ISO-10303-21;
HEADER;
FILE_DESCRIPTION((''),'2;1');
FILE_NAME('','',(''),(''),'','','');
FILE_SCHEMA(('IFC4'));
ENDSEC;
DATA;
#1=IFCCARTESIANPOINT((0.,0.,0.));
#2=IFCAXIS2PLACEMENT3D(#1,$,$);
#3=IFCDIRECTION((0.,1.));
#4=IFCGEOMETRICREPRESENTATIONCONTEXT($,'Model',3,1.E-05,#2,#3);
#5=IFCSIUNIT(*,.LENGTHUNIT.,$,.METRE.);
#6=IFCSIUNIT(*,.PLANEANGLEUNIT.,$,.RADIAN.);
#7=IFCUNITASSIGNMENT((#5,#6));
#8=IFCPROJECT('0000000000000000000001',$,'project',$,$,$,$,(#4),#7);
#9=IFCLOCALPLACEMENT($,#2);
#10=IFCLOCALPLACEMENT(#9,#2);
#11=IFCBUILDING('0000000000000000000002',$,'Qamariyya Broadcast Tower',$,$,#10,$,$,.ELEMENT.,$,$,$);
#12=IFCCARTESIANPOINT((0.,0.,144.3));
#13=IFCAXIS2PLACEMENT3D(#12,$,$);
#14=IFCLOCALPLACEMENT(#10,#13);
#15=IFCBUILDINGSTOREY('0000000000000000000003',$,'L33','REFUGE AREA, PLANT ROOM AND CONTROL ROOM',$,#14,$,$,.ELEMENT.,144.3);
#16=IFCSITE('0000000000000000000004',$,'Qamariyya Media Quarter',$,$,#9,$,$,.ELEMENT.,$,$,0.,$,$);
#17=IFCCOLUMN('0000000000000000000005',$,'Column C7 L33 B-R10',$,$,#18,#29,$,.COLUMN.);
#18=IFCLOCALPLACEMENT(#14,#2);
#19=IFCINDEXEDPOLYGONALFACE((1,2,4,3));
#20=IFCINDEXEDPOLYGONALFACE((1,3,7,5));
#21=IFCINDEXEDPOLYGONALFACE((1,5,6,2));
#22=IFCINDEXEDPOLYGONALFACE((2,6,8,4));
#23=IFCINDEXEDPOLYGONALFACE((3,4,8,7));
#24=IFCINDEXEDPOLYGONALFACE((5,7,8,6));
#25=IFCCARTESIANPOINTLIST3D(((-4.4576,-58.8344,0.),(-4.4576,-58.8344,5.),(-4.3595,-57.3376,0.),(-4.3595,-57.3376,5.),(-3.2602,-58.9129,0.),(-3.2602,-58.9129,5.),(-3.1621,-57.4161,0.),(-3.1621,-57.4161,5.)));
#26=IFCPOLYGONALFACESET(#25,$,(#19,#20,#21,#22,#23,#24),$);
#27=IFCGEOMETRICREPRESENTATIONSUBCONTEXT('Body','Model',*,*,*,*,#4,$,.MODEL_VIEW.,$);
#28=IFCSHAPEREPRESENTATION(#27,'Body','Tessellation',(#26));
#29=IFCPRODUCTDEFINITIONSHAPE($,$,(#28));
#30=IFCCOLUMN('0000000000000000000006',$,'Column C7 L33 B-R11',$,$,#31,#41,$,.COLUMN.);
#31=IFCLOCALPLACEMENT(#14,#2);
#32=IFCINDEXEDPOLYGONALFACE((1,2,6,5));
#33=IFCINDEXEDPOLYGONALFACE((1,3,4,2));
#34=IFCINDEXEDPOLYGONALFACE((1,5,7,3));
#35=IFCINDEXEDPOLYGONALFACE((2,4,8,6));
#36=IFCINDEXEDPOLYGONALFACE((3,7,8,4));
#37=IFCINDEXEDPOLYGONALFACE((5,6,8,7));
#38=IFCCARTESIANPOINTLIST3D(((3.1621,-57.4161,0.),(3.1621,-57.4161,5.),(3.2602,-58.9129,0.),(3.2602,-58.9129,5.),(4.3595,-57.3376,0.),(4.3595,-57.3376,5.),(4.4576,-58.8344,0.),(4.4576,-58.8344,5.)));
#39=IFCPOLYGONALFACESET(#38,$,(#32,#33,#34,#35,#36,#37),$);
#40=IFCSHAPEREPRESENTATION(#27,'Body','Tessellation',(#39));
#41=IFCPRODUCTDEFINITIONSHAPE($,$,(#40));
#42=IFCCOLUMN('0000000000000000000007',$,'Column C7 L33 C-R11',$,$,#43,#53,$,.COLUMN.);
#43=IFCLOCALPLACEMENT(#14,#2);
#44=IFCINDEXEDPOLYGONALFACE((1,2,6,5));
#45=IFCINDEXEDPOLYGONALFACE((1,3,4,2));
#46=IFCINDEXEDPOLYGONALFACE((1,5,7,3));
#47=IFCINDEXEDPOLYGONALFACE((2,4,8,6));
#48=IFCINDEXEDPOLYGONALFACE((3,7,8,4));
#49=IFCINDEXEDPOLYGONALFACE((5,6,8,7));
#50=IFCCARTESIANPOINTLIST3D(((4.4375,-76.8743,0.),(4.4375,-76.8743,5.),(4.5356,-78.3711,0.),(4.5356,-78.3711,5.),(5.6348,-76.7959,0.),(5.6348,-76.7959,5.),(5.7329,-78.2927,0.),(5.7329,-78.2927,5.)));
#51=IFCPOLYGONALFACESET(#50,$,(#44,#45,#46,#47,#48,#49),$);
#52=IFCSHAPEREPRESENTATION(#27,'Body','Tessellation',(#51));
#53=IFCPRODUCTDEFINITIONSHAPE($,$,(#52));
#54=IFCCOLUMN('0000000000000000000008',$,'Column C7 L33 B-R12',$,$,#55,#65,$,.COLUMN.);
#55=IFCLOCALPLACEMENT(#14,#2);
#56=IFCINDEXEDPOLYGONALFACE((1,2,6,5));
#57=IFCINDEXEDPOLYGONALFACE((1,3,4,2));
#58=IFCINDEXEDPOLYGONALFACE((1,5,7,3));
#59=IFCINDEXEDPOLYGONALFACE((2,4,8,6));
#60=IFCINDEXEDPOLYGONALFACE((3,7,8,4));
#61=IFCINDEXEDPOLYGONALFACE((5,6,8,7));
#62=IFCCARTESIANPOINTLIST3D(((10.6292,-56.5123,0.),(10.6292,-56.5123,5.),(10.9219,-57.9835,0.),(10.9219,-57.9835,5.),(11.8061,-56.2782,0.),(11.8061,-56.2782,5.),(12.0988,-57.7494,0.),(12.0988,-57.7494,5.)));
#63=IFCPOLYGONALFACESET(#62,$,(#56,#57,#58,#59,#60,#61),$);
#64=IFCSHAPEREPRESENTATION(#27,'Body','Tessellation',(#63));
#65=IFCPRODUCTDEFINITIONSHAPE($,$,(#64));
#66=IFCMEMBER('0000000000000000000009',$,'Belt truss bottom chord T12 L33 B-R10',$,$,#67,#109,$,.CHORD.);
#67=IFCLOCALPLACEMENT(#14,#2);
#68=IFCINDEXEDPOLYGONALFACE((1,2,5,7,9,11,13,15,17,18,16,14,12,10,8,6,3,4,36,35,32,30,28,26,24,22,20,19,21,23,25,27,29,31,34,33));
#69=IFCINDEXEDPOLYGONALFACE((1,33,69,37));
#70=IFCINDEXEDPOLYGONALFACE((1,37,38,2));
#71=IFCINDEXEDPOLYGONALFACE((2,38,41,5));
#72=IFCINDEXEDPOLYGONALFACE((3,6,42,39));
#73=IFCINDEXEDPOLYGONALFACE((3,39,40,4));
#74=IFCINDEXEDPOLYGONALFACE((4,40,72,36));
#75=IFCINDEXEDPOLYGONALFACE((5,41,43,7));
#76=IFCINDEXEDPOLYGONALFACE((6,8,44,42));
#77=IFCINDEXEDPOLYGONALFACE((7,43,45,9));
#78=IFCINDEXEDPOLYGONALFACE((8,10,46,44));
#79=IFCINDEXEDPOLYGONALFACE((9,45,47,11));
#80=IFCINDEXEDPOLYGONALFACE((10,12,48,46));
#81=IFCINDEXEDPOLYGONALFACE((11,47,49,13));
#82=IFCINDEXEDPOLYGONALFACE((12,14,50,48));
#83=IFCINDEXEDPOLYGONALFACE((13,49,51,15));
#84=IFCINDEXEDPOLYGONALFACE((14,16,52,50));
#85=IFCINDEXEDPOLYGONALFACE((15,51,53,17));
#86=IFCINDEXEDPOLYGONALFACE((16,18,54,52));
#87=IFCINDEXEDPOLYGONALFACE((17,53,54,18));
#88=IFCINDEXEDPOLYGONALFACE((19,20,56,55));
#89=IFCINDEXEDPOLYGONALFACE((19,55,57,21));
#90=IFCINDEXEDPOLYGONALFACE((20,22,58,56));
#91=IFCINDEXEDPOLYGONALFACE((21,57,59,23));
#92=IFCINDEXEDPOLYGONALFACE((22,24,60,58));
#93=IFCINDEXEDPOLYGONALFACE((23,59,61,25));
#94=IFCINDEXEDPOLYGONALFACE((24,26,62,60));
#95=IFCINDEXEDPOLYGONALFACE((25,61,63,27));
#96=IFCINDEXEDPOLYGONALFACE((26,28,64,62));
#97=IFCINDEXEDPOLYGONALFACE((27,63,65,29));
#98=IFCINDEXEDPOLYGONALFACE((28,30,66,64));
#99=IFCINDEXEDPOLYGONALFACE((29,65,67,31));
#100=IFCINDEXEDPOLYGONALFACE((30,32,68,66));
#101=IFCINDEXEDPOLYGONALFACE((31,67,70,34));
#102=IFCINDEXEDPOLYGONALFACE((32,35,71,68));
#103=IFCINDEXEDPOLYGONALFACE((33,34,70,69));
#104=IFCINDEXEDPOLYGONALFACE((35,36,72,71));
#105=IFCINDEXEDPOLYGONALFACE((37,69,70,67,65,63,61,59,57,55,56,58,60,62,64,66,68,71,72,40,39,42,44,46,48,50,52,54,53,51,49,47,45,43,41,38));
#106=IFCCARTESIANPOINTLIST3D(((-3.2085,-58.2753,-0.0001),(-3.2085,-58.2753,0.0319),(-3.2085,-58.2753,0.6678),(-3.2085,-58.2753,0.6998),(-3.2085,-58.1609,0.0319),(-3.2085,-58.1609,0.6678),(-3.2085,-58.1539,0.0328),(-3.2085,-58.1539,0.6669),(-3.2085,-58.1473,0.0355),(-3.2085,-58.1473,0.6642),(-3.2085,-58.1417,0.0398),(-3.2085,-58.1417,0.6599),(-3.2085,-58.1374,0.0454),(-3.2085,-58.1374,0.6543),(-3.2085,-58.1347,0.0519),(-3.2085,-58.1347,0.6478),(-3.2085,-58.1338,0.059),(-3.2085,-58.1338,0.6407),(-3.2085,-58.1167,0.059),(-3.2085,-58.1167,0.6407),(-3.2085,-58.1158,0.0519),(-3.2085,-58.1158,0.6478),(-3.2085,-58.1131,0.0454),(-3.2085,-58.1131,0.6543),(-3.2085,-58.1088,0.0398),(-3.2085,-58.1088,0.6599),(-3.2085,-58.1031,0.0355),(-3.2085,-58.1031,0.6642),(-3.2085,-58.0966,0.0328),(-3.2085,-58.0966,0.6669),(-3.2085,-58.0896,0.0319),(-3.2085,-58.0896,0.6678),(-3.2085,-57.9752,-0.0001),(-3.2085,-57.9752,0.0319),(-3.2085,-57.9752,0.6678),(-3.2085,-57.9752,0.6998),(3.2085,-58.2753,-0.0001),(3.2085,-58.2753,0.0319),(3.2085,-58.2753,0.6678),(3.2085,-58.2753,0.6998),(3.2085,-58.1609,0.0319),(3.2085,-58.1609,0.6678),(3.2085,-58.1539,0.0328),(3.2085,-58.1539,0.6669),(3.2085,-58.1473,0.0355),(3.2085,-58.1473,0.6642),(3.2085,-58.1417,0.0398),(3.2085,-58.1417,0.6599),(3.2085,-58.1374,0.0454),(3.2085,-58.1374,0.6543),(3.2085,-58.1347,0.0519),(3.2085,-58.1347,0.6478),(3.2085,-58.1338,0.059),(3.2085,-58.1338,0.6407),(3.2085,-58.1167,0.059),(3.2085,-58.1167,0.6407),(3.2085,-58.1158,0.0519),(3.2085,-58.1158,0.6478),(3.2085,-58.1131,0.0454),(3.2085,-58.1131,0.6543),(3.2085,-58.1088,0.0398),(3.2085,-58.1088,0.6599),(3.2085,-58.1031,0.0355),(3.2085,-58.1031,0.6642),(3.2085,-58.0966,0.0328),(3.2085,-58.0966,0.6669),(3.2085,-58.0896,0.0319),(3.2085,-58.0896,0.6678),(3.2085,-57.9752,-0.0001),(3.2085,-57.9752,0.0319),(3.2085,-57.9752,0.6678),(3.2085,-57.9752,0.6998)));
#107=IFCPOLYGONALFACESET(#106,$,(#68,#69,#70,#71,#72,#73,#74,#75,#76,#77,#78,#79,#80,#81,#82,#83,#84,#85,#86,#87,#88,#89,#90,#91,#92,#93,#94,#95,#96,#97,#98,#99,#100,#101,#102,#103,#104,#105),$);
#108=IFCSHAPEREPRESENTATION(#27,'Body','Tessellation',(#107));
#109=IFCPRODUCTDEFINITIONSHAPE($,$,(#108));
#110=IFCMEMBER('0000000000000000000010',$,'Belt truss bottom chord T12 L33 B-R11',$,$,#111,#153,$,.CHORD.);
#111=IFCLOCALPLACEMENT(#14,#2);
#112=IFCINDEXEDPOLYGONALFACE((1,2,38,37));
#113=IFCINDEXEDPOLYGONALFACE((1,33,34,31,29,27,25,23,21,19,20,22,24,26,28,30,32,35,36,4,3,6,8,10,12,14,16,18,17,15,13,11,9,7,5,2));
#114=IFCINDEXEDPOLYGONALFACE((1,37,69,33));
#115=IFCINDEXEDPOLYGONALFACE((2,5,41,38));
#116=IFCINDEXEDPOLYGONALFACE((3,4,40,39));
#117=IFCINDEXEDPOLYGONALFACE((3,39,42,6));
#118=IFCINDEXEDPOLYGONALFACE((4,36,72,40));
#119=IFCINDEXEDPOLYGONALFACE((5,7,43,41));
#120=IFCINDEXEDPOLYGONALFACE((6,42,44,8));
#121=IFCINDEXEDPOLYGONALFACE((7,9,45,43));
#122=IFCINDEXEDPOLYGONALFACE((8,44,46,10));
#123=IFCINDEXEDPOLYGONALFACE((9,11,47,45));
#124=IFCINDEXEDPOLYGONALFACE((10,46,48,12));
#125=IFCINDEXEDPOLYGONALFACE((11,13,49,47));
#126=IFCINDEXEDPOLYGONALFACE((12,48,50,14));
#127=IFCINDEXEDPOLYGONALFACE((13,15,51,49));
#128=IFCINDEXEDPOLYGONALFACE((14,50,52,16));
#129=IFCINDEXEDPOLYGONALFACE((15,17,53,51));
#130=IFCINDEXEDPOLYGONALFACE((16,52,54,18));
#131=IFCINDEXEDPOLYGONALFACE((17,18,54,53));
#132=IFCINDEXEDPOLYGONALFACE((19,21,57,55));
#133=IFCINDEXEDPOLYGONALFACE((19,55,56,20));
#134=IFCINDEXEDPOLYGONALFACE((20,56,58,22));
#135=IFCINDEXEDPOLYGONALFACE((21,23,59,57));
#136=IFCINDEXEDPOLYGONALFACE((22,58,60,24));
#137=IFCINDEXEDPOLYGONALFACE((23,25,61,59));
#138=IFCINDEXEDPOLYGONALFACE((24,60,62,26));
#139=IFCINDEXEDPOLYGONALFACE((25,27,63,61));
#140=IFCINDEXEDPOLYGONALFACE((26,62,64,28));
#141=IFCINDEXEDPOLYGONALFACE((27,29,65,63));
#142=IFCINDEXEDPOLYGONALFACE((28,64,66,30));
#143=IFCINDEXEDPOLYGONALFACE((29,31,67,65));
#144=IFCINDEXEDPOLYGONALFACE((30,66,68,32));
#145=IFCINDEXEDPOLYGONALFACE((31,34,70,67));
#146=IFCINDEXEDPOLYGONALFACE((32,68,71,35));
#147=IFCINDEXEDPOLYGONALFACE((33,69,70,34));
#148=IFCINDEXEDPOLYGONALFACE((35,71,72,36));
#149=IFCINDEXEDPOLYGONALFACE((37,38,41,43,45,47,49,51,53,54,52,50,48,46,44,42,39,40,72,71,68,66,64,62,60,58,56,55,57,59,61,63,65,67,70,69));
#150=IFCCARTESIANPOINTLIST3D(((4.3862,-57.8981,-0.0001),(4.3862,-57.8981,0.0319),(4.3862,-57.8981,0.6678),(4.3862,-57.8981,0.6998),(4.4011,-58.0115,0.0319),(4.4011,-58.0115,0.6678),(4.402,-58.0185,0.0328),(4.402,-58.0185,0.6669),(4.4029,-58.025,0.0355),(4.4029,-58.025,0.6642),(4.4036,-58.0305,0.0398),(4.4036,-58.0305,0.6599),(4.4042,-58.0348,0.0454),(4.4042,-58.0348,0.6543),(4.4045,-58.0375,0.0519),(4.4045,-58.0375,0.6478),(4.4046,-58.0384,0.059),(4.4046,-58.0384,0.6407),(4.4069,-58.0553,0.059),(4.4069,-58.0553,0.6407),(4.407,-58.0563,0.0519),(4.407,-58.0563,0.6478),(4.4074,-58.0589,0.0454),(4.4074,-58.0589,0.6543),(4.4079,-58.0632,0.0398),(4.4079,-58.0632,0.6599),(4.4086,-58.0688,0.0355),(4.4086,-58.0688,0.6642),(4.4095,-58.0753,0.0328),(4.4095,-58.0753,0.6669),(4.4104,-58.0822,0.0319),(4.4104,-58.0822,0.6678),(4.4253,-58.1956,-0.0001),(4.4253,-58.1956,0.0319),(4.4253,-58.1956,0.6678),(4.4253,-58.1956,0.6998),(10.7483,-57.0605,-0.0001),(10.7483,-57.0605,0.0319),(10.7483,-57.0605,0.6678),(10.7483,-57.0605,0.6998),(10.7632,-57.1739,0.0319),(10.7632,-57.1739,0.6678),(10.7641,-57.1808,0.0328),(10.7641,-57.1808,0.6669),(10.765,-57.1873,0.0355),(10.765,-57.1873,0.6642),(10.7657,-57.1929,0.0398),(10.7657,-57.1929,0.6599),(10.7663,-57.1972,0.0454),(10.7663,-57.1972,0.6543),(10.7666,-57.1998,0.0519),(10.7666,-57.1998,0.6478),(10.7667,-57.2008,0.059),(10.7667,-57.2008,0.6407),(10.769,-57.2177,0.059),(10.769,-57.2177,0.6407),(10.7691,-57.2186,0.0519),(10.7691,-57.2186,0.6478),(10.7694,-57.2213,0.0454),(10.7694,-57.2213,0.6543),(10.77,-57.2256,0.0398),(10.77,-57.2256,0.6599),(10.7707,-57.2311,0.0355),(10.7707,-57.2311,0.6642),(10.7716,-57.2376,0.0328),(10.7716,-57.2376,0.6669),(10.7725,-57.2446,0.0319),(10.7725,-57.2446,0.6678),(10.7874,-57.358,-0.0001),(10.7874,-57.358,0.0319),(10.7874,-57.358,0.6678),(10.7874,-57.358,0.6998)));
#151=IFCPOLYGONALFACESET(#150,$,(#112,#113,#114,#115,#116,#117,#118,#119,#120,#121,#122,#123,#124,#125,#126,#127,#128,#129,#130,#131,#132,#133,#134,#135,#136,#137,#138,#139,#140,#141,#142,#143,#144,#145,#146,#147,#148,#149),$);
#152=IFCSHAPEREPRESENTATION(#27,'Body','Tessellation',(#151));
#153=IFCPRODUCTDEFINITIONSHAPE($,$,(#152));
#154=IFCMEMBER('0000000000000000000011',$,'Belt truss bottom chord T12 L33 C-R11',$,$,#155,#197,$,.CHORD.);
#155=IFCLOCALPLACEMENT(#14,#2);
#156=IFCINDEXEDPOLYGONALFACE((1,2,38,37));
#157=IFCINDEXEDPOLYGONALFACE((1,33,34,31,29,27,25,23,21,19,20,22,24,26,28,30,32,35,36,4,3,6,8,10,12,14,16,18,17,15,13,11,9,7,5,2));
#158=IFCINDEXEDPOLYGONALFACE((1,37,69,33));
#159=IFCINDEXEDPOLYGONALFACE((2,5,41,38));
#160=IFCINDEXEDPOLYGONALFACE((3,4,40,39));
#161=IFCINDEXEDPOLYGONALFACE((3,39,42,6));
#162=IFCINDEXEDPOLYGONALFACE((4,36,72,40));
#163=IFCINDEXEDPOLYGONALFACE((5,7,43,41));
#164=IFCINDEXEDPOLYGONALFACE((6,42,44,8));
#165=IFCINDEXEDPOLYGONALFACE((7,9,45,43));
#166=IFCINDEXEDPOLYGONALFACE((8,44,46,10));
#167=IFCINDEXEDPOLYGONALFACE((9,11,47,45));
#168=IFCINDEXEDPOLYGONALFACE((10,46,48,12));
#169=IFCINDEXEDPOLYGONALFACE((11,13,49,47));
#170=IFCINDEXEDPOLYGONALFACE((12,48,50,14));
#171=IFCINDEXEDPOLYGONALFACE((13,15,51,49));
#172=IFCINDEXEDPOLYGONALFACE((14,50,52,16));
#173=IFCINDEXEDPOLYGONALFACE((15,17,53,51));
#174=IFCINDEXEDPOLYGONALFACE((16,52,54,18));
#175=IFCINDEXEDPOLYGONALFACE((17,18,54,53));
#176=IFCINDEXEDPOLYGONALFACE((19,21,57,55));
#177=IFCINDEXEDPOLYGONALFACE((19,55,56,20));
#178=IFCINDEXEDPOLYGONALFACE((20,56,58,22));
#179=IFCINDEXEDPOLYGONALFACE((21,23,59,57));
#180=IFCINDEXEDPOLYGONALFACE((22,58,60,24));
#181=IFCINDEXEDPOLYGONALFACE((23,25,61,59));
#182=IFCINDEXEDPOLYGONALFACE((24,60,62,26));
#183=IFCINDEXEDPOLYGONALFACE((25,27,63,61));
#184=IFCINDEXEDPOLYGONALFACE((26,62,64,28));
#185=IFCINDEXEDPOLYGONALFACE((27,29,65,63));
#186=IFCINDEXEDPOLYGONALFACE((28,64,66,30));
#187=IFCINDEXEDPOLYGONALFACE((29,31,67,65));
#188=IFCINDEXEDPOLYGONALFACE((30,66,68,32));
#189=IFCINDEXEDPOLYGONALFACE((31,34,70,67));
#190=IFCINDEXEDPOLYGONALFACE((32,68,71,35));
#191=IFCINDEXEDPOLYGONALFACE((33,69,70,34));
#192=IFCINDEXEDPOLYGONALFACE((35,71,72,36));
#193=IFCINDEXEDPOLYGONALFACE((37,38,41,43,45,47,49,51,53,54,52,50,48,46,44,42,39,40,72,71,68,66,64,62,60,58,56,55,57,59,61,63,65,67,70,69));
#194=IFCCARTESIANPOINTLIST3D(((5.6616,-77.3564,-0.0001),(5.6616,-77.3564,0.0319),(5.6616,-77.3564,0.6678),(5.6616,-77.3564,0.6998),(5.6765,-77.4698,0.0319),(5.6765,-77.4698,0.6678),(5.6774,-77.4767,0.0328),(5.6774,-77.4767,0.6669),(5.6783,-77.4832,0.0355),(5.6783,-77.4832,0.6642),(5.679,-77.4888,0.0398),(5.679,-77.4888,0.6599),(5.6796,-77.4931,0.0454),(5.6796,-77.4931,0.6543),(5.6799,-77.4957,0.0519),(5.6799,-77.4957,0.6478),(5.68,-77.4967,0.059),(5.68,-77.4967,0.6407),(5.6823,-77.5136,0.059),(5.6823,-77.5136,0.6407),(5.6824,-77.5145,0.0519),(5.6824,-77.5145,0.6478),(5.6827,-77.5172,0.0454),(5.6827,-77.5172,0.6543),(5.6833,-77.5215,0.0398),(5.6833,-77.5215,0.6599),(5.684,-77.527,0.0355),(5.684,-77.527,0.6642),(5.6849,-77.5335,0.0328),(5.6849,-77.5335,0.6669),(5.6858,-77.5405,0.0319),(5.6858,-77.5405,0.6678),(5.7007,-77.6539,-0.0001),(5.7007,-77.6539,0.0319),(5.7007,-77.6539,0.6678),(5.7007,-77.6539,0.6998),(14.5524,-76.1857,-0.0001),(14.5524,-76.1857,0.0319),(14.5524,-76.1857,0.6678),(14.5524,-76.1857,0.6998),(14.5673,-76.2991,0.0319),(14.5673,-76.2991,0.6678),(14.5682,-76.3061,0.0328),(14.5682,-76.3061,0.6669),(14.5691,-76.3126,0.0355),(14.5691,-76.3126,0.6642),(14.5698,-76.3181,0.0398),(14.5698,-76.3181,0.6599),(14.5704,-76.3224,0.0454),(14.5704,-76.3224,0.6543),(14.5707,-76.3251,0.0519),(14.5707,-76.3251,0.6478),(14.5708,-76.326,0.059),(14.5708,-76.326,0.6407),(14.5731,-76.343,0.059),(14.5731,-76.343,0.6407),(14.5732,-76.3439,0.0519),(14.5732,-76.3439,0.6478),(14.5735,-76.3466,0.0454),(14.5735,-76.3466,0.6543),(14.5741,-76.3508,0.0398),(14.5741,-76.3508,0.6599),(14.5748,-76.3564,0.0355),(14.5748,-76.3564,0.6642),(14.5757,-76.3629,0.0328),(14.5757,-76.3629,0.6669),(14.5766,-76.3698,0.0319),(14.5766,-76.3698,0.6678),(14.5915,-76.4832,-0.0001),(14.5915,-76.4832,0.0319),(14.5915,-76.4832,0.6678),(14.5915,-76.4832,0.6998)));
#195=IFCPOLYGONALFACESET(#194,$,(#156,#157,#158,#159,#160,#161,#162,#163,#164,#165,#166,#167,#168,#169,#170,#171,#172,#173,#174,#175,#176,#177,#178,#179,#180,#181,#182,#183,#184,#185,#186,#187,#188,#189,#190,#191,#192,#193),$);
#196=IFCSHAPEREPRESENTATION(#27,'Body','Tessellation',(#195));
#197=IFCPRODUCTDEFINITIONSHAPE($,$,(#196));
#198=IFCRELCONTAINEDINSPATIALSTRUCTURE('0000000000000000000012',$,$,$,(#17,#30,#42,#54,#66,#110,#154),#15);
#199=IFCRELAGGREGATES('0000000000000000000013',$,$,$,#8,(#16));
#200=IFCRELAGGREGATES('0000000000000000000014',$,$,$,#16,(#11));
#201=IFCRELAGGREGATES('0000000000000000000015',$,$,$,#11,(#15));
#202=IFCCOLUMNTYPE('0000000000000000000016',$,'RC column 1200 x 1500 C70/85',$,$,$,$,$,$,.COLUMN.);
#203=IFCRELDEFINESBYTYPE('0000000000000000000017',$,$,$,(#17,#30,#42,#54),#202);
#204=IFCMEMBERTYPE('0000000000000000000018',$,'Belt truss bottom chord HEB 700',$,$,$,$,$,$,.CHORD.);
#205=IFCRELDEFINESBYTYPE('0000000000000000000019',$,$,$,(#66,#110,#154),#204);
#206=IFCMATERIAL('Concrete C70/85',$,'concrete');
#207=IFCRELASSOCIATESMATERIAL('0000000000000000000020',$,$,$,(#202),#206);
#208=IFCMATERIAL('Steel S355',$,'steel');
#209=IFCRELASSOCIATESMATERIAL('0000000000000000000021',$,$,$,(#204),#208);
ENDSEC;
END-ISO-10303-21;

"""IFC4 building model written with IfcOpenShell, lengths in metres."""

from ifc_helpers import new_model, si_unit, direction, frame, origin, origin_2d, place, context, subcontext, project, spatial, rectangle, i_section, extrude, material, material_profile, profile_set, type_object, element, save


model = new_model("IFC4")

# Units and contexts
model_context = context("Model", 3, precision=1e-05, world=origin(), true_north=direction((0.0, 1.0)))
body_context = subcontext(model_context, "Body", "Model", "MODEL_VIEW")
ifc_project = project(units=[si_unit("LENGTHUNIT", "METRE"), si_unit("PLANEANGLEUNIT", "RADIAN")], contexts=[model_context])

# Site, building, storey
site_placement = place(None, origin())
site = spatial("IfcSite", under=ifc_project, at=site_placement, Name="Qamariyya Media Quarter", CompositionType="ELEMENT", RefElevation=0.0)
building_placement = place(site_placement, origin())
building = spatial("IfcBuilding", under=site, at=building_placement, Name="Qamariyya Broadcast Tower", CompositionType="ELEMENT")
storey_placement = place(building_placement, frame((0.0, 0.0, 144.3)))
storey = spatial("IfcBuildingStorey", under=building, at=storey_placement, Name="L33", Description="REFUGE AREA, PLANT ROOM AND CONTROL ROOM", CompositionType="ELEMENT", Elevation=144.3)

# Columns
ifc_material_1 = material(Name="Concrete C70/85", Category="concrete")
ifc_material_profile_1 = material_profile(ifc_material_1, rectangle(XDim=1.2, YDim=1.5, at=origin_2d()))
ifc_profile_set_1 = profile_set([ifc_material_profile_1], Name="Concrete C70/85")
column_type = type_object("IfcColumnType", Name="RC column 1200 x 1500 C70/85", PredefinedType="COLUMN", material=ifc_profile_set_1)
for number, where, z_axis, x_axis, name in (
    (1, (-3.8098, -58.1252, 0.0), (0.0, 0.0, 1.0), (0.997859, -0.065403, 0.0), "Column C7 L33 B-R10"),
    (2, (3.8098, -58.1252, 0.0), (0.0, 0.0, 1.0), (0.997859, 0.065403, 0.0), "Column C7 L33 B-R11"),
    (3, (5.0852, -77.5835, 0.0), (0.0, 0.0, 1.0), (0.997859, 0.065403, 0.0), "Column C7 L33 C-R11"),
    (4, (11.364, -57.1309, 0.0), (0.0, 0.0, 1.0), (0.980785, 0.19509, 0.0), "Column C7 L33 B-R12"),
):
    element("IfcColumn", number, at=place(storey_placement, frame(where, z_axis=z_axis, x_axis=x_axis)), inside=storey, type_object=column_type, Name=name, PredefinedType="COLUMN", context=body_context, shape_type="SweptSolid", body=[
        extrude(rectangle(XDim=1.2, YDim=1.5, at=origin_2d()), origin(), (0.0, 0.0, 1.0), 5.0),
    ])

# Members
ifc_material_2 = material(Name="Steel S355", Category="steel")
ifc_material_profile_2 = material_profile(ifc_material_2, i_section(OverallWidth=0.3, OverallDepth=0.7, WebThickness=0.0171, FlangeThickness=0.032, FilletRadius=0.0271, at=origin_2d()))
ifc_profile_set_2 = profile_set([ifc_material_profile_2], Name="Steel S355")
member_type_1 = type_object("IfcMemberType", Name="Belt truss bottom chord HEB 700", PredefinedType="CHORD", material=ifc_profile_set_2)
for number, where, z_axis, x_axis, name in (
    (5, (-3.2085, -58.1252, 0.3499), (1.0, 0.0, 0.0), (0.0, 1.0, 0.0), "Belt truss bottom chord T12 L33 B-R10"),
    (6, (4.4058, -58.0469, 0.3499), (0.991444, 0.130536, 0.0), (-0.130536, 0.991444, 0.0), "Belt truss bottom chord T12 L33 B-R11"),
):
    element("IfcMember", number, at=place(storey_placement, frame(where, z_axis=z_axis, x_axis=x_axis)), inside=storey, type_object=member_type_1, Name=name, PredefinedType="CHORD", context=body_context, shape_type="SweptSolid", body=[
        extrude(i_section(OverallWidth=0.3, OverallDepth=0.7, WebThickness=0.0171, FlangeThickness=0.032, FilletRadius=0.0271, at=origin_2d()), origin(), (0.0, 0.0, 1.0), 6.417),
    ])
member_1_placement = place(storey_placement, frame((5.6812, -77.5051, 0.3499), z_axis=(0.991443, 0.130543, 0.0), x_axis=(-0.130543, 0.991443, 0.0)))
element("IfcMember", 7, at=member_1_placement, inside=storey, type_object=member_type_1, Name="Belt truss bottom chord T12 L33 C-R11", PredefinedType="CHORD", context=body_context, shape_type="SweptSolid", body=[
    extrude(i_section(OverallWidth=0.3, OverallDepth=0.7, WebThickness=0.0171, FlangeThickness=0.032, FilletRadius=0.0271, at=origin_2d()), origin(), (0.0, 0.0, 1.0), 8.9675),
])

save(model, "model.ifc")
